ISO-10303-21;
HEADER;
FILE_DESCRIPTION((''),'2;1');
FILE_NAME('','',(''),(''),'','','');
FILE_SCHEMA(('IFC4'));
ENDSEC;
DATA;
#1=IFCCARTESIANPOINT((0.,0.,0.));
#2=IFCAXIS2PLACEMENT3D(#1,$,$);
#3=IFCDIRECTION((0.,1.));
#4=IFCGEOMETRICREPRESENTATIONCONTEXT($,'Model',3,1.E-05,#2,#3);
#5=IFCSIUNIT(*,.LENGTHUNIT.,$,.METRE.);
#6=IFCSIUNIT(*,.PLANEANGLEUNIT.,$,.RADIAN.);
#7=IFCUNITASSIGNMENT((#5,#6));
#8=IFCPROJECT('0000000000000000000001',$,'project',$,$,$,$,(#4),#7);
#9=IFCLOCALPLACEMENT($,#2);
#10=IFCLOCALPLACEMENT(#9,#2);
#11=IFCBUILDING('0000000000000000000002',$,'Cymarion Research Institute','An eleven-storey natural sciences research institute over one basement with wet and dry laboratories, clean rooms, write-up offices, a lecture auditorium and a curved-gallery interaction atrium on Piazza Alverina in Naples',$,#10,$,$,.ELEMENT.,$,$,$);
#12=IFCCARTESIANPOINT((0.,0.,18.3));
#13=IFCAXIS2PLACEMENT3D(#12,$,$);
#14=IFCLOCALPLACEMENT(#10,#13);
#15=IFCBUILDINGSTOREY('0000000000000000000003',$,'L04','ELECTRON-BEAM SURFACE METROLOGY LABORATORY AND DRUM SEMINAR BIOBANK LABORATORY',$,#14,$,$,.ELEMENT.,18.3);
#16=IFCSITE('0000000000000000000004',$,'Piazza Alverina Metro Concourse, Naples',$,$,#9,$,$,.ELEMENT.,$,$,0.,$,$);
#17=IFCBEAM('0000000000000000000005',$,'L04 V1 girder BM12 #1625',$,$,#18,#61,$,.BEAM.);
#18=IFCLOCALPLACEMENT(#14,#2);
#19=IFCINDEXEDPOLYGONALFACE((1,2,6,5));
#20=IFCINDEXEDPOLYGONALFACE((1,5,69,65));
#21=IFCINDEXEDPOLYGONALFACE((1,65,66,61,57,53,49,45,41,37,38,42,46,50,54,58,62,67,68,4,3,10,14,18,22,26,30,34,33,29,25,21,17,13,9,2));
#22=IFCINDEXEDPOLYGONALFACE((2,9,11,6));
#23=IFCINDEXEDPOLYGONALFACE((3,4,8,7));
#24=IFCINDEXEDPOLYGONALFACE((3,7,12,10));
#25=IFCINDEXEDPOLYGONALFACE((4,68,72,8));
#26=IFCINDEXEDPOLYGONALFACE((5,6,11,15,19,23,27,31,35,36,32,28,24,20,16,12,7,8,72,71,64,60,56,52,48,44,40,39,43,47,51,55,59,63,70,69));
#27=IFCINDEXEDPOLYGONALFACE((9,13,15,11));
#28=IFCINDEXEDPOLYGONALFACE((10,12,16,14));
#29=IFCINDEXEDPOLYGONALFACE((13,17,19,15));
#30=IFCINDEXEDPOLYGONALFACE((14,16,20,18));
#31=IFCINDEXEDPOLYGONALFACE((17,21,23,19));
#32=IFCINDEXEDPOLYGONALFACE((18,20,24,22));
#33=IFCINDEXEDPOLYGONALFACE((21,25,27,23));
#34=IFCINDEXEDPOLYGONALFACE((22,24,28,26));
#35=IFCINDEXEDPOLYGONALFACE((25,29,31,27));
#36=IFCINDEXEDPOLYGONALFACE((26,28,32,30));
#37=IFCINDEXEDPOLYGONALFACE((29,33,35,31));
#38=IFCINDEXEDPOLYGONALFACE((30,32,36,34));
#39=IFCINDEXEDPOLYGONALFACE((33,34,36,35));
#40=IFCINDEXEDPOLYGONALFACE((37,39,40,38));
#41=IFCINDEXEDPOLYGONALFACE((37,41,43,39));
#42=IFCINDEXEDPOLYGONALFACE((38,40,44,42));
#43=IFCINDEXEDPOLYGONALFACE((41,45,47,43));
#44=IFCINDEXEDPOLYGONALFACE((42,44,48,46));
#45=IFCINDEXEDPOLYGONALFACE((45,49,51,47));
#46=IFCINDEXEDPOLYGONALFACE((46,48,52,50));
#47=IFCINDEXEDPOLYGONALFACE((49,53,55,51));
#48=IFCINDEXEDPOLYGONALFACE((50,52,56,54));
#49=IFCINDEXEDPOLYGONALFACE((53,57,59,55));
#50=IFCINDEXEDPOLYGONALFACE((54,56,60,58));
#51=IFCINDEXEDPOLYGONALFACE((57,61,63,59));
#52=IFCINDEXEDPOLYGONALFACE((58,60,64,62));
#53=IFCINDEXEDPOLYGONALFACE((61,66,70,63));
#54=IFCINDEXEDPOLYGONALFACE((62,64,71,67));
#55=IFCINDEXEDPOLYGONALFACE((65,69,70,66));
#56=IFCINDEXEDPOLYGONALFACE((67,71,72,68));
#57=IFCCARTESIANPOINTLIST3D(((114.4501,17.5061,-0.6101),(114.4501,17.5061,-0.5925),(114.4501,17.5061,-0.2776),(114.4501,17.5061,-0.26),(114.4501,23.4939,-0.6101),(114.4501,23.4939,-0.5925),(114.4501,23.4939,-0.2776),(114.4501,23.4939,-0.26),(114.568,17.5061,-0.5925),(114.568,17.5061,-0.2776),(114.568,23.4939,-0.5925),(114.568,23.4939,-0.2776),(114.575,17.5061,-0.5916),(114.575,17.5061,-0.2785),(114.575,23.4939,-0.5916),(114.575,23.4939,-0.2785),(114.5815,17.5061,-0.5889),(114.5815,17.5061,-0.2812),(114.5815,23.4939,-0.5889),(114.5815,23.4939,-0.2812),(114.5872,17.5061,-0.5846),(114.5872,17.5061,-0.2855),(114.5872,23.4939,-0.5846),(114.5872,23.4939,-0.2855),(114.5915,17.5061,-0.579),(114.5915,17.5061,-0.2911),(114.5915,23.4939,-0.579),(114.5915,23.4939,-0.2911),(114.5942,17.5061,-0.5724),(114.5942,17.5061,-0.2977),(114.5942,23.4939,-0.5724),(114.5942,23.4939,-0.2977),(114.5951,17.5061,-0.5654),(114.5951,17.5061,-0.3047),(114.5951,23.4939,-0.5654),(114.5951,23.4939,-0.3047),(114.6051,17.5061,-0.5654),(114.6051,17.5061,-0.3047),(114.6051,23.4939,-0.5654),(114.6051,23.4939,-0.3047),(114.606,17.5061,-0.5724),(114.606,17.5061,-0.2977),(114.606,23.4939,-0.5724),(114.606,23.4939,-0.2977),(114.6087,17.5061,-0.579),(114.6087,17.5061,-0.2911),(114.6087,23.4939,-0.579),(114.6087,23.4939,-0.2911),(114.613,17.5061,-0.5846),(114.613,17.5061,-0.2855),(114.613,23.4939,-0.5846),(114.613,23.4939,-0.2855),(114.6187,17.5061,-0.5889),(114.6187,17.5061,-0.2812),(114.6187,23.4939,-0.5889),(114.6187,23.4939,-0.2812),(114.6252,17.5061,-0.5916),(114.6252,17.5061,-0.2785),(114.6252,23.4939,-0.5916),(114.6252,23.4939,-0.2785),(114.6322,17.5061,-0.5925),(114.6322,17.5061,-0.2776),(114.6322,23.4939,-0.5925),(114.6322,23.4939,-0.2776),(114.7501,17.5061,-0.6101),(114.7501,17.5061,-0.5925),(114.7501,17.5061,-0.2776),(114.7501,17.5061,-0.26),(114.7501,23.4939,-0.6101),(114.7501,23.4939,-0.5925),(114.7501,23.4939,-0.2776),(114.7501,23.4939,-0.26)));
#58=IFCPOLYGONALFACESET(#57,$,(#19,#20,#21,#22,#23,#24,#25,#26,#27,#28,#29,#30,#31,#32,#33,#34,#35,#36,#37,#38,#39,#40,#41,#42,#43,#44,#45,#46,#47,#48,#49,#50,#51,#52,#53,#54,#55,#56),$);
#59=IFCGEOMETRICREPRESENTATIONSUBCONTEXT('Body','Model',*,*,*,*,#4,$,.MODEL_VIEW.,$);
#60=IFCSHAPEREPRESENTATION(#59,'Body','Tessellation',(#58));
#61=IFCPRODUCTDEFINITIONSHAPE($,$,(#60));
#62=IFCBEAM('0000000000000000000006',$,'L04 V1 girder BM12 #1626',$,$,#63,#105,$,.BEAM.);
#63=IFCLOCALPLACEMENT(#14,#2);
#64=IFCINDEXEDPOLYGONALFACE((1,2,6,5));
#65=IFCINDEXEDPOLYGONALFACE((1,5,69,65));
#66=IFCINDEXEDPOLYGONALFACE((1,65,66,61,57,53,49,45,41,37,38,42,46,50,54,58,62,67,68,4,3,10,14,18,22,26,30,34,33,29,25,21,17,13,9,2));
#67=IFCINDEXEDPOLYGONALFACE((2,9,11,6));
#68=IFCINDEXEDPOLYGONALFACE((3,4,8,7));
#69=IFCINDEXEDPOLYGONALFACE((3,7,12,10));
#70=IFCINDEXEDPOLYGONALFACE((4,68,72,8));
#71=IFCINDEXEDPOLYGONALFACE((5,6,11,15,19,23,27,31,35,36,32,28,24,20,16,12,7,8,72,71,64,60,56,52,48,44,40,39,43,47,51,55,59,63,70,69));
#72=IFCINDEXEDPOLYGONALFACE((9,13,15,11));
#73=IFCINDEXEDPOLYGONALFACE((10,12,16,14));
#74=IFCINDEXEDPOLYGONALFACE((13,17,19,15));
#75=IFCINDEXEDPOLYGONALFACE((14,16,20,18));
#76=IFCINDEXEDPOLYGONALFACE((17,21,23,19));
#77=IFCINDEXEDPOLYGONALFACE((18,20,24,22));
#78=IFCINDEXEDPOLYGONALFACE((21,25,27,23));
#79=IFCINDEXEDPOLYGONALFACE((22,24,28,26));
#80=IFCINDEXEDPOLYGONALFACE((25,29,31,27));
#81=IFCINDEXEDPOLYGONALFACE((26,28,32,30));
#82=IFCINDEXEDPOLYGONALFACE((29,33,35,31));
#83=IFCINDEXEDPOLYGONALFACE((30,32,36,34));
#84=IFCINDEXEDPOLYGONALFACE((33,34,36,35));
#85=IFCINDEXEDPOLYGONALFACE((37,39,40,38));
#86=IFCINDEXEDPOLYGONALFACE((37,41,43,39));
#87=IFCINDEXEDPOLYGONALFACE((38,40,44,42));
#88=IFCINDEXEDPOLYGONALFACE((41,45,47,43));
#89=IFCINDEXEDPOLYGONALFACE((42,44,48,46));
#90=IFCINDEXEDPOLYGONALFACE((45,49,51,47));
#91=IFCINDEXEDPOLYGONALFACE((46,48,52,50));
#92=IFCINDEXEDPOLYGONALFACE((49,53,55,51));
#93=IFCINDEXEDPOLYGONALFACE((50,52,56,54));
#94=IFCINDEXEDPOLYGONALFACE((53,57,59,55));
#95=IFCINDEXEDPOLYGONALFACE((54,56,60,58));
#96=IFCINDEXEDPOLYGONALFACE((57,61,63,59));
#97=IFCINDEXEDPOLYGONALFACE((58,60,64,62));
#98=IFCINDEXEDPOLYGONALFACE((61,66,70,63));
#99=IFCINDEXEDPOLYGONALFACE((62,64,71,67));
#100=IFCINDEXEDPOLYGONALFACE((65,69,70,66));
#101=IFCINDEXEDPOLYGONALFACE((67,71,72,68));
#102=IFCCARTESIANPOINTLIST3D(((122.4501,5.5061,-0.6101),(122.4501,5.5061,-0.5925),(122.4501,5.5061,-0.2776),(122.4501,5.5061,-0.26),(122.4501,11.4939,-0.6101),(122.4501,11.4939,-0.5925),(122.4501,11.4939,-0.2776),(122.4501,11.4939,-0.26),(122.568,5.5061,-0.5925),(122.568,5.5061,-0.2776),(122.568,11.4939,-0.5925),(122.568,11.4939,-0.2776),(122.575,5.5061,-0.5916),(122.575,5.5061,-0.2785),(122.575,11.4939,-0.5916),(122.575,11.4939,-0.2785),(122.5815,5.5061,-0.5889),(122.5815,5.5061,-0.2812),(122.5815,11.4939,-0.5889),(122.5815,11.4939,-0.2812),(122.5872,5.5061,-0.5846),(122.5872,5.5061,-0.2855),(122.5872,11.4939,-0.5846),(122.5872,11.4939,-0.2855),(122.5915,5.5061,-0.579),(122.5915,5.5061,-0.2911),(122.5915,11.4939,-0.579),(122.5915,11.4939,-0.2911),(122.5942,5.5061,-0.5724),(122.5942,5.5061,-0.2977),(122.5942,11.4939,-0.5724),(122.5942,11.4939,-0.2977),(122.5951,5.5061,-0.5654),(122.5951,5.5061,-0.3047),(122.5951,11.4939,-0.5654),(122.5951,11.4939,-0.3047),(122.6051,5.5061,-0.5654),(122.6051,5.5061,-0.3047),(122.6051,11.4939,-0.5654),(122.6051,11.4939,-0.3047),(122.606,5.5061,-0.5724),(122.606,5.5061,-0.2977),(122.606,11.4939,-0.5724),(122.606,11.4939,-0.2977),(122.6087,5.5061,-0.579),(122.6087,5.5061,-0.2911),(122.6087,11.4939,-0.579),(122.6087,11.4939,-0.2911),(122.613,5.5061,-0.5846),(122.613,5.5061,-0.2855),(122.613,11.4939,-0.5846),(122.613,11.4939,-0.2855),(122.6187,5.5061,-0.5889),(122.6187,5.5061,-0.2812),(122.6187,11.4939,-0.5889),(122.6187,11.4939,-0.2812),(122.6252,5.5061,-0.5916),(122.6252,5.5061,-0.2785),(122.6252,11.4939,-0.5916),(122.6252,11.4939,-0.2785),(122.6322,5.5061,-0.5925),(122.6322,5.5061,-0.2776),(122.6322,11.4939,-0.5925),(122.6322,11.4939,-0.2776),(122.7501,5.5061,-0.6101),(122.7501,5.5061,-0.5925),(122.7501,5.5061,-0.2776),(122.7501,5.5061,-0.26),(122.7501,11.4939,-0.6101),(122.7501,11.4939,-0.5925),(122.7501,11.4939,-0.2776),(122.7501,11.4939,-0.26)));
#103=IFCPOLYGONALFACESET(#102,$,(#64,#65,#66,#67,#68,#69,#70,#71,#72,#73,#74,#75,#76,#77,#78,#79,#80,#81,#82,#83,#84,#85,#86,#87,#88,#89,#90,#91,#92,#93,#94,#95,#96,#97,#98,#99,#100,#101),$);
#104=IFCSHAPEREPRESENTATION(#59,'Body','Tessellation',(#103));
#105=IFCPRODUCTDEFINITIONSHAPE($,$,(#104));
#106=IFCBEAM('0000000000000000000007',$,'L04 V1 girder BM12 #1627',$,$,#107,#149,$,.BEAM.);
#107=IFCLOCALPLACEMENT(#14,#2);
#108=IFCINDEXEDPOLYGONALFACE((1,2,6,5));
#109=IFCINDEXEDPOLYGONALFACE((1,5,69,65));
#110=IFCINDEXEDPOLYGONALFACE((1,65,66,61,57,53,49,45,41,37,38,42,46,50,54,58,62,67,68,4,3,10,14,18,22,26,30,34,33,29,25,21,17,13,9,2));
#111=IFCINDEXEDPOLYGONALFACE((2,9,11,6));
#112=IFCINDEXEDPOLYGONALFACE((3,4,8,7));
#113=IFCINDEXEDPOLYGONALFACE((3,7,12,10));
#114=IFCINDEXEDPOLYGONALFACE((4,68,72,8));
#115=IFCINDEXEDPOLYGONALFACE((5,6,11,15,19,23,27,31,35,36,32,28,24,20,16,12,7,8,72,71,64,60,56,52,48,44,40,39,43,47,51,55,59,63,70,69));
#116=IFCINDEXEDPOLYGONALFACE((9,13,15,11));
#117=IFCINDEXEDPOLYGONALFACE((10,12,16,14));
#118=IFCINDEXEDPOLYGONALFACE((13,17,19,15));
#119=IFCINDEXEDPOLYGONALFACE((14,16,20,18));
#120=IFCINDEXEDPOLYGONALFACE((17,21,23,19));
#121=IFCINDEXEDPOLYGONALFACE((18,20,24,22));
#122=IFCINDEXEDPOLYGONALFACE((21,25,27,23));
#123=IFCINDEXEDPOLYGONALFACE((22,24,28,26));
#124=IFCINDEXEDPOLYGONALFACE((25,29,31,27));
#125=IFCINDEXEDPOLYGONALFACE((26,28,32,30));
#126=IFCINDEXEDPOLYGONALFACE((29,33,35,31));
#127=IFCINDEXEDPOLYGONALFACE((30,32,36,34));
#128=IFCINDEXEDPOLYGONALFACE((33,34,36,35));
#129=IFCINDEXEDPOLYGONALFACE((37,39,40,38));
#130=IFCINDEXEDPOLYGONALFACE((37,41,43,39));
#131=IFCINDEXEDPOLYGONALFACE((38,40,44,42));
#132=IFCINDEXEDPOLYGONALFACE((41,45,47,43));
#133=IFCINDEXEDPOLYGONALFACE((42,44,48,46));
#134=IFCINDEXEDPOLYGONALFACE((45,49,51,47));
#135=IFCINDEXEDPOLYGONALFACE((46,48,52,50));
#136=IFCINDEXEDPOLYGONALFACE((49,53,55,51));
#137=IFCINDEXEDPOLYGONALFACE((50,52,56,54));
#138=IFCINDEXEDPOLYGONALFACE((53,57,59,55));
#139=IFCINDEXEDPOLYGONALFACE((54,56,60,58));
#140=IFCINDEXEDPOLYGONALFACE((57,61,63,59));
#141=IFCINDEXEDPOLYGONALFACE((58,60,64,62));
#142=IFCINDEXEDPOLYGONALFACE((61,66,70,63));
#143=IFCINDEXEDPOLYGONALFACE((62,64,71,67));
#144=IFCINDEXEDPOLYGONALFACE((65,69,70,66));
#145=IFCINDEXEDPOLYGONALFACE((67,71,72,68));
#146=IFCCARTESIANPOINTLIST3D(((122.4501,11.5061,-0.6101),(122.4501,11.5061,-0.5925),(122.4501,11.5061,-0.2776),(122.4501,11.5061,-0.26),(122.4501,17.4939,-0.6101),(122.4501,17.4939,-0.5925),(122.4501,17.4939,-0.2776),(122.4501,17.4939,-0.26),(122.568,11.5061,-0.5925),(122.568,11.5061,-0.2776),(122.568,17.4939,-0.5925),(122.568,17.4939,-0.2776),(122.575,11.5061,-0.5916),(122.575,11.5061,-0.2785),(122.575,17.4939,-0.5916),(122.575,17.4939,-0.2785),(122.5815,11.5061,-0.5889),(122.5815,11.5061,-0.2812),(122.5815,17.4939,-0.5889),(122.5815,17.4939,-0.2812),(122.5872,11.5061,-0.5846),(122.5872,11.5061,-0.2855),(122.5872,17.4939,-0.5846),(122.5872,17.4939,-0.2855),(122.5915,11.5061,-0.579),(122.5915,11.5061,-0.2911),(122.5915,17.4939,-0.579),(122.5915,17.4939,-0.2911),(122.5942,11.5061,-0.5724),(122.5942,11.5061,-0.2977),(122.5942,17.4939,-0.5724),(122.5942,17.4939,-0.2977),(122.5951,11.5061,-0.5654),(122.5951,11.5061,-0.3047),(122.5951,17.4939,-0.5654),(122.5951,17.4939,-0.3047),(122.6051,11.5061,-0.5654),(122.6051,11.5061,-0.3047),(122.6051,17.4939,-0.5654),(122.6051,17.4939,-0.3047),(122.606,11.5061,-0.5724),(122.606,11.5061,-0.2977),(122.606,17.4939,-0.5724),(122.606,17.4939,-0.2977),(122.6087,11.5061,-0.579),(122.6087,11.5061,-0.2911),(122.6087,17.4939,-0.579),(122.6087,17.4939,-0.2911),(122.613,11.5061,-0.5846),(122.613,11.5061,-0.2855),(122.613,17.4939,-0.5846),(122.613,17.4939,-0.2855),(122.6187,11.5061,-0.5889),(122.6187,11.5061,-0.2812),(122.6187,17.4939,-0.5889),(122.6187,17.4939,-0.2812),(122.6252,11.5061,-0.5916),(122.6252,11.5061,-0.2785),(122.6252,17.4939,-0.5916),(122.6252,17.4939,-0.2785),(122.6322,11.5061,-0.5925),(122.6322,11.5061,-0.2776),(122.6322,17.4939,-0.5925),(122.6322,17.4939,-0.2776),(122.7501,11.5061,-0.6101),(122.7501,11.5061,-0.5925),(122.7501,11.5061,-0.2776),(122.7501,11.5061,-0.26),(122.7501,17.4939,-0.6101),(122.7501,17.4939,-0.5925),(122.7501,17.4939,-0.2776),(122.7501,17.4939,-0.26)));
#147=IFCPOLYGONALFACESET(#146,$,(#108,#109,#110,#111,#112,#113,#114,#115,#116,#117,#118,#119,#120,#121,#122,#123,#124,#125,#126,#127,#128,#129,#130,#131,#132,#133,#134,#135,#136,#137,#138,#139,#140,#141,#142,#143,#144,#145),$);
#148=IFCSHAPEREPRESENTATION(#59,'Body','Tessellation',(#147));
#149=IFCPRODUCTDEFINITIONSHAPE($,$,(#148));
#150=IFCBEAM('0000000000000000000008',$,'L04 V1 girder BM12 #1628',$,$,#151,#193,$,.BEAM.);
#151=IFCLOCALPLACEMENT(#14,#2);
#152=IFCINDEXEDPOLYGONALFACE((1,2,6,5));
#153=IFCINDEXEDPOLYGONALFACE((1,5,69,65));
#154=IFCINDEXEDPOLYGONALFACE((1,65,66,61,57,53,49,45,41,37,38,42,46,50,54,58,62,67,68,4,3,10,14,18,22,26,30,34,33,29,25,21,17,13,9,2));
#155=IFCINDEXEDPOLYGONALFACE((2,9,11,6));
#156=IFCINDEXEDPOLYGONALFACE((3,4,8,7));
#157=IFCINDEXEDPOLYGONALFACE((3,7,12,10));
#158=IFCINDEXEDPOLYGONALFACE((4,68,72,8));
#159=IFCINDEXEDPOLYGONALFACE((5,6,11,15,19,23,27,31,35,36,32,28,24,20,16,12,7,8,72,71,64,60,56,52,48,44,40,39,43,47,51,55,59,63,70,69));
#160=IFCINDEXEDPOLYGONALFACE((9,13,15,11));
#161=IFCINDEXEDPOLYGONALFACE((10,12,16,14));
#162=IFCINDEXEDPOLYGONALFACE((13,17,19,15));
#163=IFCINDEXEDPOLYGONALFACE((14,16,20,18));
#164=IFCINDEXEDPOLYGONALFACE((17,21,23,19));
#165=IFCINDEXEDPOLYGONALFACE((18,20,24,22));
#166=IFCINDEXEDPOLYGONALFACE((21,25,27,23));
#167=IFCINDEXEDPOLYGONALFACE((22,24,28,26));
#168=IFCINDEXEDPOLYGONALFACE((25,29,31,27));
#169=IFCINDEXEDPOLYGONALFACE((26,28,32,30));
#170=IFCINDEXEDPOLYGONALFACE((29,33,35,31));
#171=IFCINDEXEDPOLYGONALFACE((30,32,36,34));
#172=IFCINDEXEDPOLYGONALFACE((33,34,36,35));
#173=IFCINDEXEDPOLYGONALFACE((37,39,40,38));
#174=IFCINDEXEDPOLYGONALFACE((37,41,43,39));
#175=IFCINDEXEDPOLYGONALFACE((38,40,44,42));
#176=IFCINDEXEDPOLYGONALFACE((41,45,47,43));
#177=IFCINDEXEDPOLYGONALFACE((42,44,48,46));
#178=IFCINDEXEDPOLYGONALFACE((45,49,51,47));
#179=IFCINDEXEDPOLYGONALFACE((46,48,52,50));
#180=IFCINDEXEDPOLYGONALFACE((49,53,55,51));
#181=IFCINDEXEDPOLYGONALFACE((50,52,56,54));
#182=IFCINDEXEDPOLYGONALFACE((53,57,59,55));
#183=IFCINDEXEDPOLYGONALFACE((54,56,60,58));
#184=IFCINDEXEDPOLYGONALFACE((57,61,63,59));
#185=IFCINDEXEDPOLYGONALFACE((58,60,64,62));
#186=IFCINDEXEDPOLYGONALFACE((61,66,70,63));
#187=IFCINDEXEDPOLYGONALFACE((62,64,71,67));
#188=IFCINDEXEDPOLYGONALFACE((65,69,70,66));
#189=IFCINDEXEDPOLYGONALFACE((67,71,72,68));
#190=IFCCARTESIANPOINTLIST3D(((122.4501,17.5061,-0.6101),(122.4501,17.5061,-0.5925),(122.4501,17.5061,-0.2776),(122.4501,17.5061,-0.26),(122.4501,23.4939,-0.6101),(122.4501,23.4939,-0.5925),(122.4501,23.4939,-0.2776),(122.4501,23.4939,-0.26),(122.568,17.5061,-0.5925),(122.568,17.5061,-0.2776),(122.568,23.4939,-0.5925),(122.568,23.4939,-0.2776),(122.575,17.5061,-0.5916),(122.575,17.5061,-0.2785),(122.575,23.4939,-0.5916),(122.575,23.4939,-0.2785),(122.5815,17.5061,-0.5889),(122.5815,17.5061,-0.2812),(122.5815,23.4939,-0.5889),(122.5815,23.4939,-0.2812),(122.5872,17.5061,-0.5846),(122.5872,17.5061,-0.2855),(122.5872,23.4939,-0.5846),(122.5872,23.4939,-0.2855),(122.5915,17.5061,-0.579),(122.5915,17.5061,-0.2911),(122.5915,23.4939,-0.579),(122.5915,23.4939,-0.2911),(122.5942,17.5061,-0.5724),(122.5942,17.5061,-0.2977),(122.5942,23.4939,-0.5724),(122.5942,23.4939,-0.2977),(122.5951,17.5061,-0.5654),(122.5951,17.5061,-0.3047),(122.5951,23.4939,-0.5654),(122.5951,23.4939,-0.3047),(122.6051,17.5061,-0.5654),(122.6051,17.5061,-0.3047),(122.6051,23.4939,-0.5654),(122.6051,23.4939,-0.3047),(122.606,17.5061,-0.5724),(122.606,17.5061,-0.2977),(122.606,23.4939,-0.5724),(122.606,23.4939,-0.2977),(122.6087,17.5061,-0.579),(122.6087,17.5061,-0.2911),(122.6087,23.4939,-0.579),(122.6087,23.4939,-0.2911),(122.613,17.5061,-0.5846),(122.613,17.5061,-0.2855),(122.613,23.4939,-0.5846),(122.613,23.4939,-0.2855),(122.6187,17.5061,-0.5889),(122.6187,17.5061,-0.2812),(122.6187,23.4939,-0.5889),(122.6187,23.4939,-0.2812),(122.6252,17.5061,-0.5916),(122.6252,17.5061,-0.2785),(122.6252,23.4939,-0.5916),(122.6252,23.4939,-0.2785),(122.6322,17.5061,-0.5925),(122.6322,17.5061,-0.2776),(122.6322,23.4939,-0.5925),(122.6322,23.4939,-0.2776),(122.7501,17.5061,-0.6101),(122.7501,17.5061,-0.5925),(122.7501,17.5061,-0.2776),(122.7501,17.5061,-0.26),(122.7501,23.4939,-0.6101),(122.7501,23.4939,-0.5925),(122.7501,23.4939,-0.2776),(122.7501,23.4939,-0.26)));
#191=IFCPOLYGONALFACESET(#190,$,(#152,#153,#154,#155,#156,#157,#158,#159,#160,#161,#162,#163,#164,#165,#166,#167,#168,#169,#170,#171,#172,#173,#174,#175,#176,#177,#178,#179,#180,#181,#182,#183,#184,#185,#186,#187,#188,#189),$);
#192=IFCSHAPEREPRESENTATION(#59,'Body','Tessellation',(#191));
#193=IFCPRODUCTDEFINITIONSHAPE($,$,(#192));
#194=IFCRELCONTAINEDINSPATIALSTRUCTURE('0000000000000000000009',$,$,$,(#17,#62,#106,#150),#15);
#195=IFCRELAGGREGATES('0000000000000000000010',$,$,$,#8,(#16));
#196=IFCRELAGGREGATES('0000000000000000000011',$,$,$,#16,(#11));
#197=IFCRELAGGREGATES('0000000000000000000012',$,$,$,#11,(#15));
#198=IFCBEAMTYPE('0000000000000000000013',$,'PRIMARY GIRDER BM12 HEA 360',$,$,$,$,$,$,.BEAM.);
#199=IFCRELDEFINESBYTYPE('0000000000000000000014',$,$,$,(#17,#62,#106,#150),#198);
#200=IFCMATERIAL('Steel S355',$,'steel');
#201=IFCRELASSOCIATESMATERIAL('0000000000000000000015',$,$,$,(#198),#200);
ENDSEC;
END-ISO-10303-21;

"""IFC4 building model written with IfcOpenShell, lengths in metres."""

from ifc_helpers import new_model, si_unit, direction, frame, origin, origin_2d, place, context, subcontext, project, spatial, i_section, extrude, material, material_profile, profile_set, type_object, element, save


model = new_model("IFC4")

# Units and contexts
model_context = context("Model", 3, precision=1e-05, world=origin(), true_north=direction((0.0, 1.0)))
body_context = subcontext(model_context, "Body", "Model", "MODEL_VIEW")
ifc_project = project(units=[si_unit("LENGTHUNIT", "METRE"), si_unit("PLANEANGLEUNIT", "RADIAN")], contexts=[model_context])

# Site, building, storey
site_placement = place(None, origin())
site = spatial("IfcSite", under=ifc_project, at=site_placement, Name="Piazza Alverina Metro Concourse, Naples", CompositionType="ELEMENT", RefElevation=0.0)
building_placement = place(site_placement, origin())
building = spatial("IfcBuilding", under=site, at=building_placement, Name="Cymarion Research Institute", Description="An eleven-storey natural sciences research institute over one basement with wet and dry laboratories, clean rooms, write-up offices, a lecture auditorium and a curved-gallery interaction atrium on Piazza Alverina in Naples", CompositionType="ELEMENT")
storey_placement = place(building_placement, frame((0.0, 0.0, 18.3)))
storey = spatial("IfcBuildingStorey", under=building, at=storey_placement, Name="L04", Description="ELECTRON-BEAM SURFACE METROLOGY LABORATORY AND DRUM SEMINAR BIOBANK LABORATORY", CompositionType="ELEMENT", Elevation=18.3)

# Beams
ifc_material = material(Name="Steel S355", Category="steel")
ifc_material_profile_1 = material_profile(ifc_material, i_section(OverallWidth=0.3, OverallDepth=0.3501, WebThickness=0.01, FlangeThickness=0.0176, FilletRadius=0.0271, at=origin_2d()), Name="HEA 360")
ifc_profile_set_1 = profile_set([ifc_material_profile_1], Name="Steel S355")
beam_type_1 = type_object("IfcBeamType", Name="PRIMARY GIRDER BM12 HEA 360", PredefinedType="BEAM", material=ifc_profile_set_1)
for number, where, z_axis, x_axis, name in (
    (1, (114.6001, 17.5061, -0.4351), (0.0, 1.0, 0.0), (-1.0, 0.0, 0.0), "L04 V1 girder BM12 #1625"),
    (2, (122.6001, 5.5061, -0.4351), (0.0, 1.0, 0.0), (-1.0, 0.0, 0.0), "L04 V1 girder BM12 #1626"),
    (3, (122.6001, 11.5061, -0.4351), (0.0, 1.0, 0.0), (-1.0, 0.0, 0.0), "L04 V1 girder BM12 #1627"),
    (4, (122.6001, 17.5061, -0.4351), (0.0, 1.0, 0.0), (-1.0, 0.0, 0.0), "L04 V1 girder BM12 #1628"),
):
    element("IfcBeam", number, at=place(storey_placement, frame(where, z_axis=z_axis, x_axis=x_axis)), inside=storey, type_object=beam_type_1, Name=name, PredefinedType="BEAM", context=body_context, shape_type="SweptSolid", body=[
        extrude(i_section(OverallWidth=0.3, OverallDepth=0.3501, WebThickness=0.01, FlangeThickness=0.0176, FilletRadius=0.0271, at=origin_2d()), origin(), (0.0, 0.0, 1.0), 5.9878),
    ])

save(model, "model.ifc")
